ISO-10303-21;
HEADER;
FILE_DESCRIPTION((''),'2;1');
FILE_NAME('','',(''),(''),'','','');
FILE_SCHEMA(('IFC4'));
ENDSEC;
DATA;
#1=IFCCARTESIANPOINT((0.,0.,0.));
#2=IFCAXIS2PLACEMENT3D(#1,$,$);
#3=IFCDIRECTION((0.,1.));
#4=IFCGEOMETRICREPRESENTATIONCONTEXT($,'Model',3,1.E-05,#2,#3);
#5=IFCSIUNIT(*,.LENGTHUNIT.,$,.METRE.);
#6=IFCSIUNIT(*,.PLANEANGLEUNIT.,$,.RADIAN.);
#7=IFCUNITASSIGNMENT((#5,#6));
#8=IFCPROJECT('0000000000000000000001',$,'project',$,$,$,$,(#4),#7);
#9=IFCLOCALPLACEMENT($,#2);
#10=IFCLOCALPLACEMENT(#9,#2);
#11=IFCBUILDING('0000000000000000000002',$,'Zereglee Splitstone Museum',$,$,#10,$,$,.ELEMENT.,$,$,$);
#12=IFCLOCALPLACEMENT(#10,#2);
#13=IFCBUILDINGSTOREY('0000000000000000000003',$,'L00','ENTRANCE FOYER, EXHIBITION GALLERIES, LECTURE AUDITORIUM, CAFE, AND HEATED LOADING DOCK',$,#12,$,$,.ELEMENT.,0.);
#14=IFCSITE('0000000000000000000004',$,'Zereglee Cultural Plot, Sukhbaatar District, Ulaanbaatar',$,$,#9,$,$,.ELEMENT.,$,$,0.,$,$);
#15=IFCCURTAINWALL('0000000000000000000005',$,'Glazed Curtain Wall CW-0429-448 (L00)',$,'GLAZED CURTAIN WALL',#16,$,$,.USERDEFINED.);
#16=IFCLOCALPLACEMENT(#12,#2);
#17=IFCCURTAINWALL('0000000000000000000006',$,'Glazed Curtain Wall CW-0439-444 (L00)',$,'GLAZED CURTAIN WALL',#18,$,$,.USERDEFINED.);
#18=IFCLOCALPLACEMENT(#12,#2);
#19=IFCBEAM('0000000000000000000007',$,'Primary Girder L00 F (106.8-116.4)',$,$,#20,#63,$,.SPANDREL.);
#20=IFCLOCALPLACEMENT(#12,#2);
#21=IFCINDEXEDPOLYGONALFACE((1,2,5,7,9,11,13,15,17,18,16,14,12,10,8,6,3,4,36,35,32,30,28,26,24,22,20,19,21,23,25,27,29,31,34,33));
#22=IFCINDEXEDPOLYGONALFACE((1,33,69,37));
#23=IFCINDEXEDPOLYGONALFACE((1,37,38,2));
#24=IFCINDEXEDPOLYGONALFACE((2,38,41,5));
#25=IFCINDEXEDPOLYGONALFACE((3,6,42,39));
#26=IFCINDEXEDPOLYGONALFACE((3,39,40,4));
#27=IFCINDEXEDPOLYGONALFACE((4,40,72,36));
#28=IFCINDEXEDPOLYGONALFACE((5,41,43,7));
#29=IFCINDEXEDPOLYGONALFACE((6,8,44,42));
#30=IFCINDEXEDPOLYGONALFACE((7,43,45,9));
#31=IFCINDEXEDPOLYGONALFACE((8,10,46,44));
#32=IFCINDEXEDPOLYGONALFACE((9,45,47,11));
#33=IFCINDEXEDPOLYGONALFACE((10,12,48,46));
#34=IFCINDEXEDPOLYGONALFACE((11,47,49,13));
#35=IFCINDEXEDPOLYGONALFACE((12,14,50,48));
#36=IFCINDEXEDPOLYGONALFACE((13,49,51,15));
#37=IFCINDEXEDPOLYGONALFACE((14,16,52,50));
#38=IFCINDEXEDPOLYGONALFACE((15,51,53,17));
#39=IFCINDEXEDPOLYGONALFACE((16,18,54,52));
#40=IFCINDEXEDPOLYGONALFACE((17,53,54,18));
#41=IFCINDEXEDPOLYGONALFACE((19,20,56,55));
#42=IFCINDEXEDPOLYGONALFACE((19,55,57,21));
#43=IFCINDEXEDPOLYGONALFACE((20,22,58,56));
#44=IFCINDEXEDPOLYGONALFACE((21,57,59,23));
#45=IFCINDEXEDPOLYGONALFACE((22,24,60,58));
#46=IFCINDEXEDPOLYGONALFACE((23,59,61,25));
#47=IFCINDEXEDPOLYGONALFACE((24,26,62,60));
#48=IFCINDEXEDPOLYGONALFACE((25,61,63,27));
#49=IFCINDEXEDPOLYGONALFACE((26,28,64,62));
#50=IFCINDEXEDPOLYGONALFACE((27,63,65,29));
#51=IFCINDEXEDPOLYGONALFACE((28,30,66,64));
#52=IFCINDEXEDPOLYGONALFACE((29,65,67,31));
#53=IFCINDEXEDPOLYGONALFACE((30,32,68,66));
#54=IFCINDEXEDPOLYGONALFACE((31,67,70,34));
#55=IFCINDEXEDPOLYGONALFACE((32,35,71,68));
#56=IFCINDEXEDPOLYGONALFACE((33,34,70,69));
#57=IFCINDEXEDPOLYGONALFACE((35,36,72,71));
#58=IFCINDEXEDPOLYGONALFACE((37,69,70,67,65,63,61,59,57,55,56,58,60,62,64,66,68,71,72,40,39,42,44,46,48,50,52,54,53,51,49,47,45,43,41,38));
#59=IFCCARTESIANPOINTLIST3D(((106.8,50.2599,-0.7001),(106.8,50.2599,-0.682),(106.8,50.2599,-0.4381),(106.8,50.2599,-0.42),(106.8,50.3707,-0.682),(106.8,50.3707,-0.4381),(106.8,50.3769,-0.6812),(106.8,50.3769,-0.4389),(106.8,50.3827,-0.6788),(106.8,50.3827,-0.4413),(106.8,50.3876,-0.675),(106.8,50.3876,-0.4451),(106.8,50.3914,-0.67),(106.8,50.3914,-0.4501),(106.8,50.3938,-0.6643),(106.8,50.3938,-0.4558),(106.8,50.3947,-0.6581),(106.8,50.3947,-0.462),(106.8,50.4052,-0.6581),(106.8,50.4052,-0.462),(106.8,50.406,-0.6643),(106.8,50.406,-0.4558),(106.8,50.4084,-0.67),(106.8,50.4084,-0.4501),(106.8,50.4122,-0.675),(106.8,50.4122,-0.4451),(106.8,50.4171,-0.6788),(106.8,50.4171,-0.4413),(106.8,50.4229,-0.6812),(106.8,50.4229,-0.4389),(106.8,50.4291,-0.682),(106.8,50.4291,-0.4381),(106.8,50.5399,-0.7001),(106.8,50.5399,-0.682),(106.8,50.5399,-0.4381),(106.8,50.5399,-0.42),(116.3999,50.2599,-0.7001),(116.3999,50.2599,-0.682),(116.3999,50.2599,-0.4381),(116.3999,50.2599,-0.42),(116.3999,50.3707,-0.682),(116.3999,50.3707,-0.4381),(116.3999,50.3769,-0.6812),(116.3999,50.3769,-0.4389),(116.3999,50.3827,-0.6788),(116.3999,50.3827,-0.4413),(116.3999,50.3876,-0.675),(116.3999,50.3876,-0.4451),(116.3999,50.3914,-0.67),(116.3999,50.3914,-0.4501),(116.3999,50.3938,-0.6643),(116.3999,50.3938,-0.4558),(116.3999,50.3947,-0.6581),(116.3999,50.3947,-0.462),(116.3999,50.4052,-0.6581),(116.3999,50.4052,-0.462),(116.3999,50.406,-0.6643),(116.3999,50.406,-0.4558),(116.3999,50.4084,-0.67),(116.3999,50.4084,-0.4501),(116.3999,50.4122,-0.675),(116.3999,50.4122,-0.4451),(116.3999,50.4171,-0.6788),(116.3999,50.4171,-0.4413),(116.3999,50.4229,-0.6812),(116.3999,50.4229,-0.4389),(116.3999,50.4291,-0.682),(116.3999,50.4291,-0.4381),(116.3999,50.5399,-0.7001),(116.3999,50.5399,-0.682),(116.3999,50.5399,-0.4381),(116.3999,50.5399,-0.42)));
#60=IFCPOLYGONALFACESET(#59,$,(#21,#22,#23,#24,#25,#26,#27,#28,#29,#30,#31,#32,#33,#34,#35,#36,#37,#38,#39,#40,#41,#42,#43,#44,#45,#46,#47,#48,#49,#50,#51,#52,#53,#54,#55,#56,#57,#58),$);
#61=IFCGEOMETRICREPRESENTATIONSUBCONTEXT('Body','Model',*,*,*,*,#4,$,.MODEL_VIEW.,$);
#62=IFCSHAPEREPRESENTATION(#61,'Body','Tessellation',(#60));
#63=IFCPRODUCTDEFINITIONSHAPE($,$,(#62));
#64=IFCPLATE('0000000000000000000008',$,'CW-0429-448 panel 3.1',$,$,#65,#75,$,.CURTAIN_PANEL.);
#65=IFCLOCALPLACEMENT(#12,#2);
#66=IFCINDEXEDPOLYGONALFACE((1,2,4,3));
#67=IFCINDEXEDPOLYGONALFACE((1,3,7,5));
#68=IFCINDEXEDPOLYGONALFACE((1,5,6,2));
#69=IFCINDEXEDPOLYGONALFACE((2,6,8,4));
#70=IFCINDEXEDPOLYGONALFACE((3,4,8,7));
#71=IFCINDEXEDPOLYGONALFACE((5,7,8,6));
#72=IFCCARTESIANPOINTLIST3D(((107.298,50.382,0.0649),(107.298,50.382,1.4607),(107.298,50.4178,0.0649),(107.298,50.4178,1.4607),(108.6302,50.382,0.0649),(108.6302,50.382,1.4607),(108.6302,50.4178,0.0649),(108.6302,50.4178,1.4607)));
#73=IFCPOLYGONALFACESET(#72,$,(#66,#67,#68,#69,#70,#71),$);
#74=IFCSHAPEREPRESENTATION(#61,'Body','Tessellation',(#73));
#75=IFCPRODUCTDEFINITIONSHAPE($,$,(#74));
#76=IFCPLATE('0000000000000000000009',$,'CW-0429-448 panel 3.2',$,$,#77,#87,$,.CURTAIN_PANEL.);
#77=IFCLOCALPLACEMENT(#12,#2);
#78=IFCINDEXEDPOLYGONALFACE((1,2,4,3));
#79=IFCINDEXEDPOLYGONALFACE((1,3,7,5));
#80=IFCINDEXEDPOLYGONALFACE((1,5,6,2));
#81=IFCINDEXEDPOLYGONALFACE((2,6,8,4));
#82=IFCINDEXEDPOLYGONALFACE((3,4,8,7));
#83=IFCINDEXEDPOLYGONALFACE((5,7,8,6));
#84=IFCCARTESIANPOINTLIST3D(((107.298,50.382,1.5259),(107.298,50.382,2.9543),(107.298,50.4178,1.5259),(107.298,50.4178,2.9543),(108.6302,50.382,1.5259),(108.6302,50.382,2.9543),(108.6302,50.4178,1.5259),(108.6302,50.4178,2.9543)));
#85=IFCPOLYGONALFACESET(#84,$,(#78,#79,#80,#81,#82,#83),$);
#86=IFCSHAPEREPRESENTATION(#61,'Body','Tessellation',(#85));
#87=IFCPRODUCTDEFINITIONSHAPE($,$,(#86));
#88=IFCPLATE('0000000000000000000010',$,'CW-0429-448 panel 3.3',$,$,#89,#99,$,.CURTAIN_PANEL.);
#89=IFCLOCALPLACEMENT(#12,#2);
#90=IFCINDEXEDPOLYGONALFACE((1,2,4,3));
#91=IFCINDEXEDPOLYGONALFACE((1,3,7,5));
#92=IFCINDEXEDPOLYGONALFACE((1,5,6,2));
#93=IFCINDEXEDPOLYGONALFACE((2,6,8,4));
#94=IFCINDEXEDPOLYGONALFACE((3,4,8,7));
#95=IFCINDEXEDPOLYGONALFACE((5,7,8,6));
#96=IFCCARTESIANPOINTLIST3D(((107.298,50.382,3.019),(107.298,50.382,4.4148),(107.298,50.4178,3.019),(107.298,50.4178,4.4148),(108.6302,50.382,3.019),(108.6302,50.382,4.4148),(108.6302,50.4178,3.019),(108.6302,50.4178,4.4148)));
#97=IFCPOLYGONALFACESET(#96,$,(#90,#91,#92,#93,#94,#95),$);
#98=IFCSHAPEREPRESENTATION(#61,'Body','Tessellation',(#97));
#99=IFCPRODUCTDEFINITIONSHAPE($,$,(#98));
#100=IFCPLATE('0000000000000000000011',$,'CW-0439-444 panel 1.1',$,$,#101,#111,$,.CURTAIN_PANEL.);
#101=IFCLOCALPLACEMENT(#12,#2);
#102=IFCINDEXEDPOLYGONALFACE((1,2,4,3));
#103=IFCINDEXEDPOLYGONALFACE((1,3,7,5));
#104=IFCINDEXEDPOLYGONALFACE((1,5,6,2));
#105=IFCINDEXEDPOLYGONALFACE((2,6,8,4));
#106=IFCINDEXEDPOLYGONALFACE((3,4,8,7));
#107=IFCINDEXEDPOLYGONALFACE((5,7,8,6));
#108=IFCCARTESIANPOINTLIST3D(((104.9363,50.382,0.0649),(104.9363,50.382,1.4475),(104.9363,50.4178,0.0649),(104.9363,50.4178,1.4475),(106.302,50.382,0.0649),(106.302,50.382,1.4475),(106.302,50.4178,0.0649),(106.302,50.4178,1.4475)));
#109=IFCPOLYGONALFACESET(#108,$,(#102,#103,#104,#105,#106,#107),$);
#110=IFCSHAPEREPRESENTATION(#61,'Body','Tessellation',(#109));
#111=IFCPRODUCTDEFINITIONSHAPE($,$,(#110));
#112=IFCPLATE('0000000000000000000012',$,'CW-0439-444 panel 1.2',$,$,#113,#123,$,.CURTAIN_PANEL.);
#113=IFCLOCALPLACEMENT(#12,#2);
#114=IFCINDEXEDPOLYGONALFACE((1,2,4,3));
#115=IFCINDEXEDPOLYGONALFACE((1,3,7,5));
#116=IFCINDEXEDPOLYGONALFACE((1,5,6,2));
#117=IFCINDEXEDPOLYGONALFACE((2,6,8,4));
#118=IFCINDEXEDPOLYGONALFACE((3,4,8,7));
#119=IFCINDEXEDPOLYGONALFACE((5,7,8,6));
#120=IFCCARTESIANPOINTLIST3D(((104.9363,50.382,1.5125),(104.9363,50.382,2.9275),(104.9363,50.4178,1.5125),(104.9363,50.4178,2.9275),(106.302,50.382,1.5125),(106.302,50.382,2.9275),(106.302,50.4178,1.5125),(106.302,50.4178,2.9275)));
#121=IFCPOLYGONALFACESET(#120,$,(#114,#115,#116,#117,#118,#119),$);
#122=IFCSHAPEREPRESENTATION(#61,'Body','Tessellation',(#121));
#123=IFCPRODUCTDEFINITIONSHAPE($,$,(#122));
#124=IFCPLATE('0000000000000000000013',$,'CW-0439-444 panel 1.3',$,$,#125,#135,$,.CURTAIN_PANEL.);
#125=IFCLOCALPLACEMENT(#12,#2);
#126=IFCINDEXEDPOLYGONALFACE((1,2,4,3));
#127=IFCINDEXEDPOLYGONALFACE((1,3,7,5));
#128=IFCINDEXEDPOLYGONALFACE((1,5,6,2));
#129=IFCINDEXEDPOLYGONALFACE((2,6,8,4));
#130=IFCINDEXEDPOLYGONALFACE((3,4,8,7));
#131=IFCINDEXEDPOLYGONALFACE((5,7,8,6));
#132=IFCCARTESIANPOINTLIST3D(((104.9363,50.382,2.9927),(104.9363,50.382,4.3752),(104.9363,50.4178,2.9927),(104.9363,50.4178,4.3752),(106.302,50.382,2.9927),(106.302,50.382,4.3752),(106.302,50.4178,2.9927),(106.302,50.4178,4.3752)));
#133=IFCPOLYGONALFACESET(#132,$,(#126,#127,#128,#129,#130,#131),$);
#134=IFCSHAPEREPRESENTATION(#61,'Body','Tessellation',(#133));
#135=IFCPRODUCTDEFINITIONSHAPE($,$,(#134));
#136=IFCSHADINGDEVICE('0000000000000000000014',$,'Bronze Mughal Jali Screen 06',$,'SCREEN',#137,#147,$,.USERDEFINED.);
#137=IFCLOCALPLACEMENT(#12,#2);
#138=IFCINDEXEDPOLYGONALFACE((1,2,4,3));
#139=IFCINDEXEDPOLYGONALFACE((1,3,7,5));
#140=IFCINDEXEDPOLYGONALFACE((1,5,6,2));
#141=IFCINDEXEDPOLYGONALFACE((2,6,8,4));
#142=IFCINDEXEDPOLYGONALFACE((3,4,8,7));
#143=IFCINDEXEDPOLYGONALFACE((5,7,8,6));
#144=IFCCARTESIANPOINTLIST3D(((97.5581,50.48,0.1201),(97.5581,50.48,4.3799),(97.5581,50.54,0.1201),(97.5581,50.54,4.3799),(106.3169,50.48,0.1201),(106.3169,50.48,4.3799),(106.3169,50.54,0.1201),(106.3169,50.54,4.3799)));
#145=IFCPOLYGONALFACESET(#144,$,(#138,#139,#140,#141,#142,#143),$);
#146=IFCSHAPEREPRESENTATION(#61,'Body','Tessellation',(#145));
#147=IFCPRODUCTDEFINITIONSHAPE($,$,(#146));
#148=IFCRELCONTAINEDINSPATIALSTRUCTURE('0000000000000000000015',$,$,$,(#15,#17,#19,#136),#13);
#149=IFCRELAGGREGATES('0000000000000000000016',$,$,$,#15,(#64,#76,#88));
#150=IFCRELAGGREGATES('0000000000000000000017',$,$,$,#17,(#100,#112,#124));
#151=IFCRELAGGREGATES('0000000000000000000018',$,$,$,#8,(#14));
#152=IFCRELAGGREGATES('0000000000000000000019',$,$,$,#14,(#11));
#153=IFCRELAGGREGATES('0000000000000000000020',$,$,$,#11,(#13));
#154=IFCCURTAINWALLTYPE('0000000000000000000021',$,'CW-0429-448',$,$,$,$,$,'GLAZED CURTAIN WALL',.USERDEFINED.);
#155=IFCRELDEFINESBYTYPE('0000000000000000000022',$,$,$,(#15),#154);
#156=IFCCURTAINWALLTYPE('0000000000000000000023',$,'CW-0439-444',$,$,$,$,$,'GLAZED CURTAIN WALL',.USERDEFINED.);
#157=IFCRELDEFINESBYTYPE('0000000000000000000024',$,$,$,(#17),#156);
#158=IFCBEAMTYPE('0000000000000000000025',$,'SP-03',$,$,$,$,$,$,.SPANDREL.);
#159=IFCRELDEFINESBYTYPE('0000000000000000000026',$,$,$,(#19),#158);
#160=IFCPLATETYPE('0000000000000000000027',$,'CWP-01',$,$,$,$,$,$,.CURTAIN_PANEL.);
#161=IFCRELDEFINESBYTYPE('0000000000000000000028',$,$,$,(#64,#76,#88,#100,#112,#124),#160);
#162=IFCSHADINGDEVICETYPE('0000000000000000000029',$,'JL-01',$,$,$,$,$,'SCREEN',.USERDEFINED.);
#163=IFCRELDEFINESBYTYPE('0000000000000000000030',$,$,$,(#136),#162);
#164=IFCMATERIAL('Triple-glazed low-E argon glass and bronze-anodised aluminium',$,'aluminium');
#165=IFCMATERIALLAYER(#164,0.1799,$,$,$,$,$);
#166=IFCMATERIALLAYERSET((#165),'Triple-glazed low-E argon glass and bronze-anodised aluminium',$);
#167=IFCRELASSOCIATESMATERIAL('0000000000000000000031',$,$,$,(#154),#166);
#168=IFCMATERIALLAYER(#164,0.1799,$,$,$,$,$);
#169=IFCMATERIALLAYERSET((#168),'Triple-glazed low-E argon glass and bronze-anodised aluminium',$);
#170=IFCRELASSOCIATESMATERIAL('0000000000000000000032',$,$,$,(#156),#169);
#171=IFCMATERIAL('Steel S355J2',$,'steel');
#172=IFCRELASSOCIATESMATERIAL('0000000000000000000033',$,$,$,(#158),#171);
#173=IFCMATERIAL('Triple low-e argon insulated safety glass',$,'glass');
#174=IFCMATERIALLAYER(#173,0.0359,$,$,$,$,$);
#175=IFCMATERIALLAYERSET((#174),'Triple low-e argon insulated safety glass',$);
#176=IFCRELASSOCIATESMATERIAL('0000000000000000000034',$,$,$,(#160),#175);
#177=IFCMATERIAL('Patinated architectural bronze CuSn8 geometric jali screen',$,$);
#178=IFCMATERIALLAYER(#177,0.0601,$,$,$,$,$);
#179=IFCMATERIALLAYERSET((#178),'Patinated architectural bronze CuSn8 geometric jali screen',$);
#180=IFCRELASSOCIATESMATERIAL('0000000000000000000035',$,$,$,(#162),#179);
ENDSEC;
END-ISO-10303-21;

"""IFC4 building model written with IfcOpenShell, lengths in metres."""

from ifc_helpers import new_model, si_unit, direction, frame, origin, origin_2d, place, context, subcontext, project, spatial, polyline, rectangle, i_section, outline, extrude, material, layer, layer_set, material_profile, profile_set, type_object, element, aggregate, save


model = new_model("IFC4")

# Units and contexts
model_context = context("Model", 3, precision=1e-05, world=origin(), true_north=direction((0.0, 1.0)))
body_context = subcontext(model_context, "Body", "Model", "MODEL_VIEW")
ifc_project = project(units=[si_unit("LENGTHUNIT", "METRE"), si_unit("PLANEANGLEUNIT", "RADIAN")], contexts=[model_context])

# Site, building, storey
site_placement = place(None, origin())
site = spatial("IfcSite", under=ifc_project, at=site_placement, Name="Zereglee Cultural Plot, Sukhbaatar District, Ulaanbaatar", CompositionType="ELEMENT", RefElevation=0.0)
building_placement = place(site_placement, origin())
building = spatial("IfcBuilding", under=site, at=building_placement, Name="Zereglee Splitstone Museum", CompositionType="ELEMENT")
storey_placement = place(building_placement, origin())
storey = spatial("IfcBuildingStorey", under=building, at=storey_placement, Name="L00", Description="ENTRANCE FOYER, EXHIBITION GALLERIES, LECTURE AUDITORIUM, CAFE, AND HEATED LOADING DOCK", CompositionType="ELEMENT", Elevation=0.0)

# Curtain wall
ifc_material_1 = material(Name="Triple-glazed low-E argon glass and bronze-anodised aluminium", Category="aluminium")
ifc_layer_1 = layer(ifc_material_1, 0.1799)
ifc_layer_set_1 = layer_set([ifc_layer_1], Name="Triple-glazed low-E argon glass and bronze-anodised aluminium")
curtain_wall_type_1 = type_object("IfcCurtainWallType", Name="CW-0429-448", ElementType="GLAZED CURTAIN WALL", PredefinedType="USERDEFINED", material=ifc_layer_set_1)
curtain_wall_1_placement = place(storey_placement, origin())
curtain_wall_1 = element("IfcCurtainWall", 1, at=curtain_wall_1_placement, inside=storey, type_object=curtain_wall_type_1, Name="Glazed Curtain Wall CW-0429-448 (L00)", ObjectType="GLAZED CURTAIN WALL", PredefinedType="USERDEFINED")

# Curtain wall
ifc_layer_2 = layer(ifc_material_1, 0.1799)
ifc_layer_set_2 = layer_set([ifc_layer_2], Name="Triple-glazed low-E argon glass and bronze-anodised aluminium")
curtain_wall_type_2 = type_object("IfcCurtainWallType", Name="CW-0439-444", ElementType="GLAZED CURTAIN WALL", PredefinedType="USERDEFINED", material=ifc_layer_set_2)
curtain_wall_2_placement = place(storey_placement, origin())
curtain_wall_2 = element("IfcCurtainWall", 2, at=curtain_wall_2_placement, inside=storey, type_object=curtain_wall_type_2, Name="Glazed Curtain Wall CW-0439-444 (L00)", ObjectType="GLAZED CURTAIN WALL", PredefinedType="USERDEFINED")

# Beam
ifc_material_2 = material(Name="Steel S355J2", Category="steel")
ifc_material_profile_1 = material_profile(ifc_material_2, i_section(OverallWidth=0.28, OverallDepth=0.28, WebThickness=0.0105, FlangeThickness=0.0181, FilletRadius=0.0239, at=origin_2d()), Name="HE 280 B")
ifc_profile_set_1 = profile_set([ifc_material_profile_1], Name="Steel S355J2")
beam_type = type_object("IfcBeamType", Name="SP-03", PredefinedType="SPANDREL", material=ifc_profile_set_1)
beam_placement = place(storey_placement, frame((106.8, 50.3999, -0.5601), z_axis=(1.0, 0.0, 0.0), x_axis=(0.0, 1.0, 0.0)))
element("IfcBeam", 3, at=beam_placement, inside=storey, type_object=beam_type, Name="Primary Girder L00 F (106.8-116.4)", PredefinedType="SPANDREL", context=body_context, shape_type="SweptSolid", body=[
    extrude(i_section(OverallWidth=0.28, OverallDepth=0.28, WebThickness=0.0105, FlangeThickness=0.0181, FilletRadius=0.0239, at=origin_2d()), origin(), (0.0, 0.0, 1.0), 9.5999),
])

# Plates
ifc_material_3 = material(Name="Triple low-e argon insulated safety glass", Category="glass")
ifc_layer_3 = layer(ifc_material_3, 0.0359)
ifc_layer_set_3 = layer_set([ifc_layer_3], Name="Triple low-e argon insulated safety glass")
plate_type = type_object("IfcPlateType", Name="CWP-01", PredefinedType="CURTAIN_PANEL", material=ifc_layer_set_3)
plate_1_placement = place(storey_placement, frame((107.9641, 50.3999, 0.0649), z_axis=(0.0, 0.0, 1.0), x_axis=(-1.0, 0.0, 0.0)))
plate_1 = element("IfcPlate", 4, at=plate_1_placement, type_object=plate_type, Name="CW-0429-448 panel 3.1", PredefinedType="CURTAIN_PANEL", context=body_context, shape_type="SweptSolid", body=[
    extrude(rectangle(XDim=1.3323, YDim=0.0359, at=origin_2d()), origin(), (0.0, 0.0, 1.0), 1.3958),
])
plate_2_placement = place(storey_placement, frame((107.9641, 50.3999, 1.5259), z_axis=(0.0, 0.0, 1.0), x_axis=(-1.0, 0.0, 0.0)))
plate_2 = element("IfcPlate", 5, at=plate_2_placement, type_object=plate_type, Name="CW-0429-448 panel 3.2", PredefinedType="CURTAIN_PANEL", context=body_context, shape_type="SweptSolid", body=[
    extrude(rectangle(XDim=1.3323, YDim=0.0359, at=origin_2d()), origin(), (0.0, 0.0, 1.0), 1.4285),
])
plate_3_placement = place(storey_placement, frame((107.9641, 50.3999, 3.019), z_axis=(0.0, 0.0, 1.0), x_axis=(-1.0, 0.0, 0.0)))
plate_3 = element("IfcPlate", 6, at=plate_3_placement, type_object=plate_type, Name="CW-0429-448 panel 3.3", PredefinedType="CURTAIN_PANEL", context=body_context, shape_type="SweptSolid", body=[
    extrude(rectangle(XDim=1.3323, YDim=0.0359, at=origin_2d()), origin(), (0.0, 0.0, 1.0), 1.3958),
])
aggregate(curtain_wall_1, [plate_1, plate_2, plate_3])
plate_4_placement = place(storey_placement, frame((105.6191, 50.3999, 0.0649), z_axis=(0.0, 0.0, 1.0), x_axis=(-1.0, 0.0, 0.0)))
plate_4 = element("IfcPlate", 7, at=plate_4_placement, type_object=plate_type, Name="CW-0439-444 panel 1.1", PredefinedType="CURTAIN_PANEL", context=body_context, shape_type="SweptSolid", body=[
    extrude(rectangle(XDim=1.3657, YDim=0.0359, at=origin_2d()), origin(), (0.0, 0.0, 1.0), 1.3826),
])
plate_5_placement = place(storey_placement, frame((105.6191, 50.3999, 1.5125), z_axis=(0.0, 0.0, 1.0), x_axis=(-1.0, 0.0, 0.0)))
plate_5 = element("IfcPlate", 8, at=plate_5_placement, type_object=plate_type, Name="CW-0439-444 panel 1.2", PredefinedType="CURTAIN_PANEL", context=body_context, shape_type="SweptSolid", body=[
    extrude(rectangle(XDim=1.3657, YDim=0.0359, at=origin_2d()), origin(), (0.0, 0.0, 1.0), 1.415),
])
plate_6_placement = place(storey_placement, frame((105.6191, 50.3999, 2.9927), z_axis=(0.0, 0.0, 1.0), x_axis=(-1.0, 0.0, 0.0)))
plate_6 = element("IfcPlate", 9, at=plate_6_placement, type_object=plate_type, Name="CW-0439-444 panel 1.3", PredefinedType="CURTAIN_PANEL", context=body_context, shape_type="SweptSolid", body=[
    extrude(rectangle(XDim=1.3657, YDim=0.0359, at=origin_2d()), origin(), (0.0, 0.0, 1.0), 1.3826),
])
aggregate(curtain_wall_2, [plate_4, plate_5, plate_6])

# Shading device
ifc_material_4 = material(Name="Patinated architectural bronze CuSn8 geometric jali screen")
ifc_layer_4 = layer(ifc_material_4, 0.0601)
ifc_layer_set_4 = layer_set([ifc_layer_4], Name="Patinated architectural bronze CuSn8 geometric jali screen")
shading_device_type = type_object("IfcShadingDeviceType", Name="JL-01", ElementType="SCREEN", PredefinedType="USERDEFINED", material=ifc_layer_set_4)
shading_device_placement = place(storey_placement, frame((106.3169, 50.48, 0.1201), z_axis=(0.0, 1.0, 0.0), x_axis=(-1.0, 0.0, 0.0)))
element("IfcShadingDevice", 10, at=shading_device_placement, inside=storey, type_object=shading_device_type, Name="Bronze Mughal Jali Screen 06", ObjectType="SCREEN", PredefinedType="USERDEFINED", context=body_context, shape_type="SweptSolid", body=[
    extrude(outline(polyline([(0.0, 0.0), (8.7588, 0.0), (8.7588, 4.2598), (0.0, 4.2598), (0.0, 0.0)])), origin(), (0.0, 0.0, 1.0), 0.0601),
])

save(model, "model.ifc")
